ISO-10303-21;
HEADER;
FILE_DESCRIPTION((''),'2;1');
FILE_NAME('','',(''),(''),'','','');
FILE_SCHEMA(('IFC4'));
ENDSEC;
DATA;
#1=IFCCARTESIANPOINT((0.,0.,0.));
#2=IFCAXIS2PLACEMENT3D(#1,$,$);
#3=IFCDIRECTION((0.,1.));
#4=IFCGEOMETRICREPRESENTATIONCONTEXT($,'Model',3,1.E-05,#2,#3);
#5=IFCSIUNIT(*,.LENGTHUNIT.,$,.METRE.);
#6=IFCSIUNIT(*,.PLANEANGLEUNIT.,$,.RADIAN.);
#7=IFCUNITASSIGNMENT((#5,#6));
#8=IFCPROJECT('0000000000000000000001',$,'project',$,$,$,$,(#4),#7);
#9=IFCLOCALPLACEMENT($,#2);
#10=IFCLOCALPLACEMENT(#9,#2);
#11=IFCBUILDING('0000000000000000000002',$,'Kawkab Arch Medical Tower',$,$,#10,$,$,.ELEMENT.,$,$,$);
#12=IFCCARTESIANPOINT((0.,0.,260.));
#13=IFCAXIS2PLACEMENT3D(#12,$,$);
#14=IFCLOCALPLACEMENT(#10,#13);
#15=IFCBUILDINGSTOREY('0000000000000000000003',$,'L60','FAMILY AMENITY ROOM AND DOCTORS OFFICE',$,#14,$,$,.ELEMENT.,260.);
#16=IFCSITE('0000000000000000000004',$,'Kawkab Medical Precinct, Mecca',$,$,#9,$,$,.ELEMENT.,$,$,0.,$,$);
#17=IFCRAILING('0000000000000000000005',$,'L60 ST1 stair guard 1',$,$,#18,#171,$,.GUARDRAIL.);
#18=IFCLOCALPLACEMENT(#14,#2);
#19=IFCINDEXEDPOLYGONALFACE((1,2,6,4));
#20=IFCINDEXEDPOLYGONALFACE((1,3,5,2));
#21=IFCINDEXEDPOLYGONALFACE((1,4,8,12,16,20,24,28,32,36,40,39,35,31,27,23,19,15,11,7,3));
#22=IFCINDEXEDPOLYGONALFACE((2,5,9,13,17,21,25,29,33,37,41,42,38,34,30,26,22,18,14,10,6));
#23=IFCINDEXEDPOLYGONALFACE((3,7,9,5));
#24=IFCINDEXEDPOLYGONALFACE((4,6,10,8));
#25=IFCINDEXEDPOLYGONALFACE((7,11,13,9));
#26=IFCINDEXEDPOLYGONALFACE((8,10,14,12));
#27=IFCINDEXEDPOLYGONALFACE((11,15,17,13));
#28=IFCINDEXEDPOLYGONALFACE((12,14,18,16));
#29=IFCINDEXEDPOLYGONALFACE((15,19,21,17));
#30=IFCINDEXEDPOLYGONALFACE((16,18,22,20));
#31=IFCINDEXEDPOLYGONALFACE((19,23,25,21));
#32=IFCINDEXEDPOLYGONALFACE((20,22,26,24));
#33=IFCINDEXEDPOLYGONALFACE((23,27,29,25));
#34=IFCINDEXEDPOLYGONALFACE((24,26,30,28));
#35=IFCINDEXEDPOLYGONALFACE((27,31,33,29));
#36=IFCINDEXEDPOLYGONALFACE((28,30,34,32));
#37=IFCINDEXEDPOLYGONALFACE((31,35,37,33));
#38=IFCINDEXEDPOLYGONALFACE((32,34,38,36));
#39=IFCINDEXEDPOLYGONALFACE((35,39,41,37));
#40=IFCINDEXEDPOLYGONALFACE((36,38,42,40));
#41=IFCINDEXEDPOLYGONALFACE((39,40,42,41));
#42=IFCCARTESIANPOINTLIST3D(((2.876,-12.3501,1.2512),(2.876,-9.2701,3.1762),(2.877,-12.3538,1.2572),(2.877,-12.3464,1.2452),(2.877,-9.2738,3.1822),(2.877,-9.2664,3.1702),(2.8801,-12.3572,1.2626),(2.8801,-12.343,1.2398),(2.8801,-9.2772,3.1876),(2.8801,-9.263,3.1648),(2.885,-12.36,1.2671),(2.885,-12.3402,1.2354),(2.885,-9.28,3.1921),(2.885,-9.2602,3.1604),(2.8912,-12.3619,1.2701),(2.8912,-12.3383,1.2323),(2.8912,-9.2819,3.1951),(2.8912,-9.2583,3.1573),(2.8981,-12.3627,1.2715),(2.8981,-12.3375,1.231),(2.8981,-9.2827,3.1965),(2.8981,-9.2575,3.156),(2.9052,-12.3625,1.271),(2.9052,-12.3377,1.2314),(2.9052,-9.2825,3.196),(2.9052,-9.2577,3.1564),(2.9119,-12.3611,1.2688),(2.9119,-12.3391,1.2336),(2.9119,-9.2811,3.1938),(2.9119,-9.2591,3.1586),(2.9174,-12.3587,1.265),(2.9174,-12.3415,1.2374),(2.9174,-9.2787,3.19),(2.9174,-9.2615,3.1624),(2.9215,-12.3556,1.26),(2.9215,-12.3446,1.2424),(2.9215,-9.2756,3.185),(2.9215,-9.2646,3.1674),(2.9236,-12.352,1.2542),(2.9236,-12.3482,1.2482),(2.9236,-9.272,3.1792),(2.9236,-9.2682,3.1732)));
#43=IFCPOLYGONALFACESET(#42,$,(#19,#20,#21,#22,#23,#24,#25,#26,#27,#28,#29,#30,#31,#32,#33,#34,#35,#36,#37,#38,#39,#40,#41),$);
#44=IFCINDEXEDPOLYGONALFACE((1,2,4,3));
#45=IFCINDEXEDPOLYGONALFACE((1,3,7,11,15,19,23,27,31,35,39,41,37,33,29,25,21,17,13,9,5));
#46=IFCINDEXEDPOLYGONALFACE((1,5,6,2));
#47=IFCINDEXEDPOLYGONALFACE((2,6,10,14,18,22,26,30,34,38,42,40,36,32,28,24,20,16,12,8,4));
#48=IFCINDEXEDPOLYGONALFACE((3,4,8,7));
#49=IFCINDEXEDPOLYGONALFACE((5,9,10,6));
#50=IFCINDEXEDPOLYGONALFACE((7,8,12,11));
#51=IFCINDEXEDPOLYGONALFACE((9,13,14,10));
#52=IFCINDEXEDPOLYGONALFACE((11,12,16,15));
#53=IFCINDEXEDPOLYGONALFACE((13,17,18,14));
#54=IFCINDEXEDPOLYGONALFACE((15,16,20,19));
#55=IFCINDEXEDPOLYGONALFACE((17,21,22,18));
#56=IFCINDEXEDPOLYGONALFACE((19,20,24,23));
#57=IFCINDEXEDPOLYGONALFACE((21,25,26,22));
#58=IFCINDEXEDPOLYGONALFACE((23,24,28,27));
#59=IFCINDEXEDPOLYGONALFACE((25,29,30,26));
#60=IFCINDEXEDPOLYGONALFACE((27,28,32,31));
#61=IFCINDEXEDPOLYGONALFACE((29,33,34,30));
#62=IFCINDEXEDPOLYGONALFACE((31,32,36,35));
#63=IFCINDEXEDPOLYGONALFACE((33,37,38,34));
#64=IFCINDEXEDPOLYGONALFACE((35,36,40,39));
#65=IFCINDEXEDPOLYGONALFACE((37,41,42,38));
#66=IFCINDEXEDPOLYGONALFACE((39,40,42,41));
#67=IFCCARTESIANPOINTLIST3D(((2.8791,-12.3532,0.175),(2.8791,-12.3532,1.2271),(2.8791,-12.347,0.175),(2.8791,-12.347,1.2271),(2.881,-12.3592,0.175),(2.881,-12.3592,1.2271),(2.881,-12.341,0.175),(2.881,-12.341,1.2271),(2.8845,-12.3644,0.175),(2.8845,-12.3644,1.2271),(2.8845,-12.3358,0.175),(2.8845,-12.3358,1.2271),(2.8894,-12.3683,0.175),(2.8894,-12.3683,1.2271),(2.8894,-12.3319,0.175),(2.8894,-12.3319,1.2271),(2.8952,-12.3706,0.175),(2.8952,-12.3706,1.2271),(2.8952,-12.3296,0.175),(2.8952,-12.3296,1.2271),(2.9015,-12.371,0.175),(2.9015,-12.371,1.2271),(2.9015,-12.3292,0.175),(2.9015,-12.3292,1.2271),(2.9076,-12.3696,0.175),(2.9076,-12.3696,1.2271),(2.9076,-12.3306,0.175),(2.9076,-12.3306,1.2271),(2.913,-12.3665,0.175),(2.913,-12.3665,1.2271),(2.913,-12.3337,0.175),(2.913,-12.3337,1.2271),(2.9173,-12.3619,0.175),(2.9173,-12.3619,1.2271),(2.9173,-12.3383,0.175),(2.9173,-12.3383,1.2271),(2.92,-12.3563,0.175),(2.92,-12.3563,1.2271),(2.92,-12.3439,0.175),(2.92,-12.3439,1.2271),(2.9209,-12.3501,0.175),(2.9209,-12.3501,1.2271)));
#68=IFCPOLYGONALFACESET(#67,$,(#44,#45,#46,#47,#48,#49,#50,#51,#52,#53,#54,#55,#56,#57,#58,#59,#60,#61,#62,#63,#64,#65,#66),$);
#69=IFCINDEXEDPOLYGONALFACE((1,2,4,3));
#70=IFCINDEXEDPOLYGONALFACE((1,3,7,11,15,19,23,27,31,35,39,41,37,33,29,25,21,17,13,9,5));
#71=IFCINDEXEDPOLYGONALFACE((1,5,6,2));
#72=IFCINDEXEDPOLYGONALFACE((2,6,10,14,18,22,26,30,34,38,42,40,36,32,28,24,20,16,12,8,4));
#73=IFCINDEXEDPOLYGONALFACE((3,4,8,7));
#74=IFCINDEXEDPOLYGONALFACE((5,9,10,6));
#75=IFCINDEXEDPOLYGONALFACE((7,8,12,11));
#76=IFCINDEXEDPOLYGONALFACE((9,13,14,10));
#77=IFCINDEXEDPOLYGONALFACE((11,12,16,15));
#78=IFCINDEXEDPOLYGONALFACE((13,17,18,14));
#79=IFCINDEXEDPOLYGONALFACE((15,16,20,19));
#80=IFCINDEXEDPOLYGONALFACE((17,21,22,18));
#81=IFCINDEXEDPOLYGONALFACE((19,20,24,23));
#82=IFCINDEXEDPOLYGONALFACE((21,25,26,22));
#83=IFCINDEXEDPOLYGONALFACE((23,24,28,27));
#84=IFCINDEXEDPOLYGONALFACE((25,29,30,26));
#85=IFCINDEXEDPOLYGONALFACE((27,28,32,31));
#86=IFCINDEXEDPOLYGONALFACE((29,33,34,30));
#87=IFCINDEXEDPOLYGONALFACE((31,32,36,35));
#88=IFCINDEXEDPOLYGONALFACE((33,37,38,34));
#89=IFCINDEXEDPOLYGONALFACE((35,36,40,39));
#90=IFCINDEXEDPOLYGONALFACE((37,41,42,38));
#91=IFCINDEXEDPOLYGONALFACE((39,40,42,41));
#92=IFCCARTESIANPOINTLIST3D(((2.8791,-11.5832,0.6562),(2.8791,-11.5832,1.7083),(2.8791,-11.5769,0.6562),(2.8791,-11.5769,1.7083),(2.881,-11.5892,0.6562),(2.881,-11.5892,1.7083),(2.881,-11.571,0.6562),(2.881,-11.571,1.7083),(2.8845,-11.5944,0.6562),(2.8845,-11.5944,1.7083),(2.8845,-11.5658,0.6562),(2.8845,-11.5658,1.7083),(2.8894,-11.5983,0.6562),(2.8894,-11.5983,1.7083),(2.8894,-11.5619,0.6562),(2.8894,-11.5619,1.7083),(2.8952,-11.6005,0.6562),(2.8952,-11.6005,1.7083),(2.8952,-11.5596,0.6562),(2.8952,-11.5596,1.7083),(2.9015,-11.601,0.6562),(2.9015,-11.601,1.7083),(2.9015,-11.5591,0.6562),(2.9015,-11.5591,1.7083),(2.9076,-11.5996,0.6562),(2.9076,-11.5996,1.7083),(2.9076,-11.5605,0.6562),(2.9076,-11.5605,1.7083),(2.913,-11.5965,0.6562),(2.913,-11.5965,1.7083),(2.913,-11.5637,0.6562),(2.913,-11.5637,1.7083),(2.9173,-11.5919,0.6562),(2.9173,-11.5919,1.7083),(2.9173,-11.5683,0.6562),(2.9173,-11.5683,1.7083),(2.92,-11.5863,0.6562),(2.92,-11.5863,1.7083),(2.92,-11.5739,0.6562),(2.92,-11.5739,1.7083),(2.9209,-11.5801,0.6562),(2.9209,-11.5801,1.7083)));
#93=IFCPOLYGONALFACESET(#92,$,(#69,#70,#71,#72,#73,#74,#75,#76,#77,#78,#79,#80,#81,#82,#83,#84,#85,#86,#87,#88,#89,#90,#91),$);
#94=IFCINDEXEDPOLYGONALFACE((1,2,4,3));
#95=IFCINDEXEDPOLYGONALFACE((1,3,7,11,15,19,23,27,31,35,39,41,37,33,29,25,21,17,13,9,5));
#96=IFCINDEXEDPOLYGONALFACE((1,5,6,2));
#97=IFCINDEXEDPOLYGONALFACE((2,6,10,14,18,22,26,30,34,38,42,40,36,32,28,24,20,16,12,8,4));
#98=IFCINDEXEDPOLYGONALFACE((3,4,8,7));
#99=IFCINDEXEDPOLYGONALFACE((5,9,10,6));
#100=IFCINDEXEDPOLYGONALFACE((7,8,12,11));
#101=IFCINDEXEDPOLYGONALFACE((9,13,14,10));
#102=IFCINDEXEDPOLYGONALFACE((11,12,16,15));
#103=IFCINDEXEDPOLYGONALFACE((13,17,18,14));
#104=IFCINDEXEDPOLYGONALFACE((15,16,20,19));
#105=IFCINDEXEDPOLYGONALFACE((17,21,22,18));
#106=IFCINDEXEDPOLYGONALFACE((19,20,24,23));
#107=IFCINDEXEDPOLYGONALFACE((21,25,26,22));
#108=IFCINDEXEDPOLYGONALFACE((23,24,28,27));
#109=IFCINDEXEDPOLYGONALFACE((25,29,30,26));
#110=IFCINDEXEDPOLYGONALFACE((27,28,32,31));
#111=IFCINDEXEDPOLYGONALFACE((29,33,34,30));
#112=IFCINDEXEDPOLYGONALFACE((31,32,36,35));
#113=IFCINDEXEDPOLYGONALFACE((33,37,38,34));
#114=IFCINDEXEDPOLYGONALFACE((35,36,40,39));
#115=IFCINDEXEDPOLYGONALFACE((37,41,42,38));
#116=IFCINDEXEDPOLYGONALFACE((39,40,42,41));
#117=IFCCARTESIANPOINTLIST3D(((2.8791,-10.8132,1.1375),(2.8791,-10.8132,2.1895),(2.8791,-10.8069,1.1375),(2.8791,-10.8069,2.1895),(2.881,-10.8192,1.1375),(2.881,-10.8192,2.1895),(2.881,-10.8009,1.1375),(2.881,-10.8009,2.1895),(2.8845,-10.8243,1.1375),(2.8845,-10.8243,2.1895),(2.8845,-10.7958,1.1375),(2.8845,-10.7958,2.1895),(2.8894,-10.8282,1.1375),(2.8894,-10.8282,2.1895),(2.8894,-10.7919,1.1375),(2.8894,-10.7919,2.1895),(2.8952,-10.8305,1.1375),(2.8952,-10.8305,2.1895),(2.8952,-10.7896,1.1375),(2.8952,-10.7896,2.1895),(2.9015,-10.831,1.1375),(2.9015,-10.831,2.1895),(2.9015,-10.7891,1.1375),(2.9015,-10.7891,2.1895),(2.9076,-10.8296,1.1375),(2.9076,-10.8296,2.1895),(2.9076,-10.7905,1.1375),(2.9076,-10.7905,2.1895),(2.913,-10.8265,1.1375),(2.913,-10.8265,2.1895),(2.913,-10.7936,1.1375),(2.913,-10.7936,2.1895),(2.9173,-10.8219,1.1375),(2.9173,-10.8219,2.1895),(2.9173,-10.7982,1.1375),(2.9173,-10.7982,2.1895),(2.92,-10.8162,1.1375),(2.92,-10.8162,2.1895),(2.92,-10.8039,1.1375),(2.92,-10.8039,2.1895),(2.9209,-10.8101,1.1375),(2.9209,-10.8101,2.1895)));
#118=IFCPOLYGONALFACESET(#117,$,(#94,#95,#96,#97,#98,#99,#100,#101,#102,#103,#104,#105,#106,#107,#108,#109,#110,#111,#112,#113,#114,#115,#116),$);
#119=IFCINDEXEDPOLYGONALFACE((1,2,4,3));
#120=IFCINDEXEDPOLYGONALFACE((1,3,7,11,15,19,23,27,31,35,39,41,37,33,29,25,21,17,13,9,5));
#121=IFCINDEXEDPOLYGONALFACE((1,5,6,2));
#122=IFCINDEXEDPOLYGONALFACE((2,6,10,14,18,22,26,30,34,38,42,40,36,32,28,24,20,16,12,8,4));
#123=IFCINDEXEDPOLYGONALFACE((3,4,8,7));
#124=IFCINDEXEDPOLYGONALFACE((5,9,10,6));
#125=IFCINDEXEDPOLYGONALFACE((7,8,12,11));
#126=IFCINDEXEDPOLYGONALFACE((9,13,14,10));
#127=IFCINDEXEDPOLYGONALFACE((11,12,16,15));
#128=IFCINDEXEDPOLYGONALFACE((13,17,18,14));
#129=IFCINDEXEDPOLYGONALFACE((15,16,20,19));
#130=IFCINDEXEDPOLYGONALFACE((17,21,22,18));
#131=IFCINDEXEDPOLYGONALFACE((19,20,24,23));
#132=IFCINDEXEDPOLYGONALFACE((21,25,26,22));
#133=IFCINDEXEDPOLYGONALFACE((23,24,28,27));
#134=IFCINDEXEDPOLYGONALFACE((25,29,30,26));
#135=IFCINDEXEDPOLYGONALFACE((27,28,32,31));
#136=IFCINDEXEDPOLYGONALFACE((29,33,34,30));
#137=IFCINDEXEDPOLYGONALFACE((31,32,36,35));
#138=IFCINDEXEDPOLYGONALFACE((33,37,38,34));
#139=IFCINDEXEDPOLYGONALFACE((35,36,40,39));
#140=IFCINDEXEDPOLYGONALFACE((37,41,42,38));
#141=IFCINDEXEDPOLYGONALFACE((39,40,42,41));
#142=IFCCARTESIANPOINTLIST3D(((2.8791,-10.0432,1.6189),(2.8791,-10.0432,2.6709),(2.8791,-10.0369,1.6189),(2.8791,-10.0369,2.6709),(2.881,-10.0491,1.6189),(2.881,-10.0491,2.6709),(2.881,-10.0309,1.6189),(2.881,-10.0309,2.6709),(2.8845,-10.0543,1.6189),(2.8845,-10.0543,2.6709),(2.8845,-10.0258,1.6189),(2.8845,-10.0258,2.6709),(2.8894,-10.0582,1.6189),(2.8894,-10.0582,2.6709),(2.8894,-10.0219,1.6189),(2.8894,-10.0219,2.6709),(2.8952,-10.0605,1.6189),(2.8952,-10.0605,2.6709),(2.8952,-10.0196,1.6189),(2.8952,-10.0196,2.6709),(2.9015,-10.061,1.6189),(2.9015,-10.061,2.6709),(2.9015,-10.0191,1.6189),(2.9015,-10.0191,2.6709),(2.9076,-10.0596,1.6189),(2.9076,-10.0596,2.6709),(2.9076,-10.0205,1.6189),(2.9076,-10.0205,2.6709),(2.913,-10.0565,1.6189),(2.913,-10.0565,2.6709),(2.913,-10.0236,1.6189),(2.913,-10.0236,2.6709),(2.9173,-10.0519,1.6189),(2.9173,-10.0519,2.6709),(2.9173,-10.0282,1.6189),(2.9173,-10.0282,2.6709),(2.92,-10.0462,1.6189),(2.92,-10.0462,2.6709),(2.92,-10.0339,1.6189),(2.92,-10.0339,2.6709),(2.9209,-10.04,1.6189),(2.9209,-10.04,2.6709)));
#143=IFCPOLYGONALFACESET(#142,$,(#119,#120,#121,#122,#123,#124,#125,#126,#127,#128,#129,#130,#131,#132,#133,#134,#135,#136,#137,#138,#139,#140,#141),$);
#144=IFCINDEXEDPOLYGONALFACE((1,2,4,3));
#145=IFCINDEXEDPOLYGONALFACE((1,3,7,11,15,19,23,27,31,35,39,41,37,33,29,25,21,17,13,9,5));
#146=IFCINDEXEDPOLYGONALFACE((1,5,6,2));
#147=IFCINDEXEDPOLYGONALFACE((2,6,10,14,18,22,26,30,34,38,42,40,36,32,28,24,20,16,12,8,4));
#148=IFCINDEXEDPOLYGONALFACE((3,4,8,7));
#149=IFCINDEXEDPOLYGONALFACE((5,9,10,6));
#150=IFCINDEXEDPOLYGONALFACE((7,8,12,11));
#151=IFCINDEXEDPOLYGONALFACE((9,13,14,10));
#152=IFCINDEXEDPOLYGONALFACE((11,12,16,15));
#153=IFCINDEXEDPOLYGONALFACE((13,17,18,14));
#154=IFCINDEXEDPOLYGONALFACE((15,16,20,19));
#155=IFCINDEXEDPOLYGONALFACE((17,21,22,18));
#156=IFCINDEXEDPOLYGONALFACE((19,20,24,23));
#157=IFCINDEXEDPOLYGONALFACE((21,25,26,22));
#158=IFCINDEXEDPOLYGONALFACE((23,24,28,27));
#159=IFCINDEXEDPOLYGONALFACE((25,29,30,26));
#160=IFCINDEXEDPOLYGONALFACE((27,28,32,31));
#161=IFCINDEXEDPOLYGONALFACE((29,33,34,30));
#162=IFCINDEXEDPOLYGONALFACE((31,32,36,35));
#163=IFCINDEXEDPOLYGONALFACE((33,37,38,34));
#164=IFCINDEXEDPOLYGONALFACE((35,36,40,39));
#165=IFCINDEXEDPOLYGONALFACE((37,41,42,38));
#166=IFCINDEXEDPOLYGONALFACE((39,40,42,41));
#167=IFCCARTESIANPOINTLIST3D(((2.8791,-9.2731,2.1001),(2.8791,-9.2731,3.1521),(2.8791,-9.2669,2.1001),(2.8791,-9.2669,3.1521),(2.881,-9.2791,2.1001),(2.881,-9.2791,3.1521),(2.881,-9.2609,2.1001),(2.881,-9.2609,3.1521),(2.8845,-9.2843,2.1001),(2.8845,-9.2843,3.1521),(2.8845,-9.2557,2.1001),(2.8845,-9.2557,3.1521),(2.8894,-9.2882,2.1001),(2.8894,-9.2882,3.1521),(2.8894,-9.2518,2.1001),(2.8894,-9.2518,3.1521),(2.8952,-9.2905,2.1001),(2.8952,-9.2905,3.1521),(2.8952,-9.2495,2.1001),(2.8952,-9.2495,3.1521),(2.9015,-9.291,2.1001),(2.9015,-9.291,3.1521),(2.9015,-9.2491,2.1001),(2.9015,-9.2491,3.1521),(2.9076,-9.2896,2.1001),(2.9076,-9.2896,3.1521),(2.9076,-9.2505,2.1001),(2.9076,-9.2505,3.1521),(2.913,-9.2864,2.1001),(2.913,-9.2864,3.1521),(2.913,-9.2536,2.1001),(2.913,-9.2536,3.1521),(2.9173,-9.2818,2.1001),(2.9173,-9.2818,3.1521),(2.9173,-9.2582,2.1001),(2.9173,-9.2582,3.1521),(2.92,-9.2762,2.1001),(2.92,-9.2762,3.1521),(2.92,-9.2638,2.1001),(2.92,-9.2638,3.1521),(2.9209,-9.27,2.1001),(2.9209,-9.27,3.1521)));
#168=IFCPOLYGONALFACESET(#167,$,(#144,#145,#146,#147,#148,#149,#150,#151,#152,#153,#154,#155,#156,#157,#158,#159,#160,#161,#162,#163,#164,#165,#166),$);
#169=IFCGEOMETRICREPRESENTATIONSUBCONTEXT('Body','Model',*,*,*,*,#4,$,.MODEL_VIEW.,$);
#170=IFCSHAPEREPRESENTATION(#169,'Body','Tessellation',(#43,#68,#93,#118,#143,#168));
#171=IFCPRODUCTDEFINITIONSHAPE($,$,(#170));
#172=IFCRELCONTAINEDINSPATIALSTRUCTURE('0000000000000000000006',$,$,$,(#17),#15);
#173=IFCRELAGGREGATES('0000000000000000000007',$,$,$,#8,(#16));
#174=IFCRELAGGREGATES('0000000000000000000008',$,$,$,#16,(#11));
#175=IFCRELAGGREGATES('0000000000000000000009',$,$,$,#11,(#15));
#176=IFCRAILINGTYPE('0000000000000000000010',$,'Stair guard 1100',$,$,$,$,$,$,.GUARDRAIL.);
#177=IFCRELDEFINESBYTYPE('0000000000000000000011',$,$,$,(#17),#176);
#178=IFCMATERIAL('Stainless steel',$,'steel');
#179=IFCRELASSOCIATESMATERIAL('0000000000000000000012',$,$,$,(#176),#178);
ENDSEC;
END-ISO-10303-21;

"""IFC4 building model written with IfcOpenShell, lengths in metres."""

from ifc_helpers import new_model, si_unit, direction, frame, origin, origin_2d, place, context, subcontext, project, spatial, circle, extrude, material, type_object, element, save


model = new_model("IFC4")

# Units and contexts
model_context = context("Model", 3, precision=1e-05, world=origin(), true_north=direction((0.0, 1.0)))
body_context = subcontext(model_context, "Body", "Model", "MODEL_VIEW")
ifc_project = project(units=[si_unit("LENGTHUNIT", "METRE"), si_unit("PLANEANGLEUNIT", "RADIAN")], contexts=[model_context])

# Site, building, storey
site_placement = place(None, origin())
site = spatial("IfcSite", under=ifc_project, at=site_placement, Name="Kawkab Medical Precinct, Mecca", CompositionType="ELEMENT", RefElevation=0.0)
building_placement = place(site_placement, origin())
building = spatial("IfcBuilding", under=site, at=building_placement, Name="Kawkab Arch Medical Tower", CompositionType="ELEMENT")
storey_placement = place(building_placement, frame((0.0, 0.0, 260.0)))
storey = spatial("IfcBuildingStorey", under=building, at=storey_placement, Name="L60", Description="FAMILY AMENITY ROOM AND DOCTORS OFFICE", CompositionType="ELEMENT", Elevation=260.0)

# Railing
ifc_material_1 = material(Name="Stainless steel", Category="steel")
railing_type_1 = type_object("IfcRailingType", Name="Stair guard 1100", PredefinedType="GUARDRAIL", material=ifc_material_1)
railing_1_placement = place(storey_placement, frame((2.8999, -12.3501, 0.175)))
element("IfcRailing", 1, at=railing_1_placement, inside=storey, type_object=railing_type_1, Name="L60 ST1 stair guard 1", PredefinedType="GUARDRAIL", context=body_context, shape_type="SweptSolid", body=[
    extrude(circle(Radius=0.0239, at=origin_2d()), frame((0.0, 0.0, 1.0762), z_axis=(0.0, 0.847998, 0.529999), x_axis=(-1.0, 0.0, 0.0)), (0.0, 0.0, 1.0), 3.6321),
    extrude(circle(Radius=0.021, at=origin_2d()), origin(), (0.0, 0.0, 1.0), 1.052),
    extrude(circle(Radius=0.021, at=origin_2d()), frame((0.0, 0.77, 0.4812)), (0.0, 0.0, 1.0), 1.052),
    extrude(circle(Radius=0.021, at=origin_2d()), frame((0.0, 1.54, 0.9624)), (0.0, 0.0, 1.0), 1.052),
    extrude(circle(Radius=0.021, at=origin_2d()), frame((0.0, 2.3101, 1.4438)), (0.0, 0.0, 1.0), 1.052),
    extrude(circle(Radius=0.021, at=origin_2d()), frame((0.0, 3.0801, 1.925)), (0.0, 0.0, 1.0), 1.052),
])

save(model, "model.ifc")
